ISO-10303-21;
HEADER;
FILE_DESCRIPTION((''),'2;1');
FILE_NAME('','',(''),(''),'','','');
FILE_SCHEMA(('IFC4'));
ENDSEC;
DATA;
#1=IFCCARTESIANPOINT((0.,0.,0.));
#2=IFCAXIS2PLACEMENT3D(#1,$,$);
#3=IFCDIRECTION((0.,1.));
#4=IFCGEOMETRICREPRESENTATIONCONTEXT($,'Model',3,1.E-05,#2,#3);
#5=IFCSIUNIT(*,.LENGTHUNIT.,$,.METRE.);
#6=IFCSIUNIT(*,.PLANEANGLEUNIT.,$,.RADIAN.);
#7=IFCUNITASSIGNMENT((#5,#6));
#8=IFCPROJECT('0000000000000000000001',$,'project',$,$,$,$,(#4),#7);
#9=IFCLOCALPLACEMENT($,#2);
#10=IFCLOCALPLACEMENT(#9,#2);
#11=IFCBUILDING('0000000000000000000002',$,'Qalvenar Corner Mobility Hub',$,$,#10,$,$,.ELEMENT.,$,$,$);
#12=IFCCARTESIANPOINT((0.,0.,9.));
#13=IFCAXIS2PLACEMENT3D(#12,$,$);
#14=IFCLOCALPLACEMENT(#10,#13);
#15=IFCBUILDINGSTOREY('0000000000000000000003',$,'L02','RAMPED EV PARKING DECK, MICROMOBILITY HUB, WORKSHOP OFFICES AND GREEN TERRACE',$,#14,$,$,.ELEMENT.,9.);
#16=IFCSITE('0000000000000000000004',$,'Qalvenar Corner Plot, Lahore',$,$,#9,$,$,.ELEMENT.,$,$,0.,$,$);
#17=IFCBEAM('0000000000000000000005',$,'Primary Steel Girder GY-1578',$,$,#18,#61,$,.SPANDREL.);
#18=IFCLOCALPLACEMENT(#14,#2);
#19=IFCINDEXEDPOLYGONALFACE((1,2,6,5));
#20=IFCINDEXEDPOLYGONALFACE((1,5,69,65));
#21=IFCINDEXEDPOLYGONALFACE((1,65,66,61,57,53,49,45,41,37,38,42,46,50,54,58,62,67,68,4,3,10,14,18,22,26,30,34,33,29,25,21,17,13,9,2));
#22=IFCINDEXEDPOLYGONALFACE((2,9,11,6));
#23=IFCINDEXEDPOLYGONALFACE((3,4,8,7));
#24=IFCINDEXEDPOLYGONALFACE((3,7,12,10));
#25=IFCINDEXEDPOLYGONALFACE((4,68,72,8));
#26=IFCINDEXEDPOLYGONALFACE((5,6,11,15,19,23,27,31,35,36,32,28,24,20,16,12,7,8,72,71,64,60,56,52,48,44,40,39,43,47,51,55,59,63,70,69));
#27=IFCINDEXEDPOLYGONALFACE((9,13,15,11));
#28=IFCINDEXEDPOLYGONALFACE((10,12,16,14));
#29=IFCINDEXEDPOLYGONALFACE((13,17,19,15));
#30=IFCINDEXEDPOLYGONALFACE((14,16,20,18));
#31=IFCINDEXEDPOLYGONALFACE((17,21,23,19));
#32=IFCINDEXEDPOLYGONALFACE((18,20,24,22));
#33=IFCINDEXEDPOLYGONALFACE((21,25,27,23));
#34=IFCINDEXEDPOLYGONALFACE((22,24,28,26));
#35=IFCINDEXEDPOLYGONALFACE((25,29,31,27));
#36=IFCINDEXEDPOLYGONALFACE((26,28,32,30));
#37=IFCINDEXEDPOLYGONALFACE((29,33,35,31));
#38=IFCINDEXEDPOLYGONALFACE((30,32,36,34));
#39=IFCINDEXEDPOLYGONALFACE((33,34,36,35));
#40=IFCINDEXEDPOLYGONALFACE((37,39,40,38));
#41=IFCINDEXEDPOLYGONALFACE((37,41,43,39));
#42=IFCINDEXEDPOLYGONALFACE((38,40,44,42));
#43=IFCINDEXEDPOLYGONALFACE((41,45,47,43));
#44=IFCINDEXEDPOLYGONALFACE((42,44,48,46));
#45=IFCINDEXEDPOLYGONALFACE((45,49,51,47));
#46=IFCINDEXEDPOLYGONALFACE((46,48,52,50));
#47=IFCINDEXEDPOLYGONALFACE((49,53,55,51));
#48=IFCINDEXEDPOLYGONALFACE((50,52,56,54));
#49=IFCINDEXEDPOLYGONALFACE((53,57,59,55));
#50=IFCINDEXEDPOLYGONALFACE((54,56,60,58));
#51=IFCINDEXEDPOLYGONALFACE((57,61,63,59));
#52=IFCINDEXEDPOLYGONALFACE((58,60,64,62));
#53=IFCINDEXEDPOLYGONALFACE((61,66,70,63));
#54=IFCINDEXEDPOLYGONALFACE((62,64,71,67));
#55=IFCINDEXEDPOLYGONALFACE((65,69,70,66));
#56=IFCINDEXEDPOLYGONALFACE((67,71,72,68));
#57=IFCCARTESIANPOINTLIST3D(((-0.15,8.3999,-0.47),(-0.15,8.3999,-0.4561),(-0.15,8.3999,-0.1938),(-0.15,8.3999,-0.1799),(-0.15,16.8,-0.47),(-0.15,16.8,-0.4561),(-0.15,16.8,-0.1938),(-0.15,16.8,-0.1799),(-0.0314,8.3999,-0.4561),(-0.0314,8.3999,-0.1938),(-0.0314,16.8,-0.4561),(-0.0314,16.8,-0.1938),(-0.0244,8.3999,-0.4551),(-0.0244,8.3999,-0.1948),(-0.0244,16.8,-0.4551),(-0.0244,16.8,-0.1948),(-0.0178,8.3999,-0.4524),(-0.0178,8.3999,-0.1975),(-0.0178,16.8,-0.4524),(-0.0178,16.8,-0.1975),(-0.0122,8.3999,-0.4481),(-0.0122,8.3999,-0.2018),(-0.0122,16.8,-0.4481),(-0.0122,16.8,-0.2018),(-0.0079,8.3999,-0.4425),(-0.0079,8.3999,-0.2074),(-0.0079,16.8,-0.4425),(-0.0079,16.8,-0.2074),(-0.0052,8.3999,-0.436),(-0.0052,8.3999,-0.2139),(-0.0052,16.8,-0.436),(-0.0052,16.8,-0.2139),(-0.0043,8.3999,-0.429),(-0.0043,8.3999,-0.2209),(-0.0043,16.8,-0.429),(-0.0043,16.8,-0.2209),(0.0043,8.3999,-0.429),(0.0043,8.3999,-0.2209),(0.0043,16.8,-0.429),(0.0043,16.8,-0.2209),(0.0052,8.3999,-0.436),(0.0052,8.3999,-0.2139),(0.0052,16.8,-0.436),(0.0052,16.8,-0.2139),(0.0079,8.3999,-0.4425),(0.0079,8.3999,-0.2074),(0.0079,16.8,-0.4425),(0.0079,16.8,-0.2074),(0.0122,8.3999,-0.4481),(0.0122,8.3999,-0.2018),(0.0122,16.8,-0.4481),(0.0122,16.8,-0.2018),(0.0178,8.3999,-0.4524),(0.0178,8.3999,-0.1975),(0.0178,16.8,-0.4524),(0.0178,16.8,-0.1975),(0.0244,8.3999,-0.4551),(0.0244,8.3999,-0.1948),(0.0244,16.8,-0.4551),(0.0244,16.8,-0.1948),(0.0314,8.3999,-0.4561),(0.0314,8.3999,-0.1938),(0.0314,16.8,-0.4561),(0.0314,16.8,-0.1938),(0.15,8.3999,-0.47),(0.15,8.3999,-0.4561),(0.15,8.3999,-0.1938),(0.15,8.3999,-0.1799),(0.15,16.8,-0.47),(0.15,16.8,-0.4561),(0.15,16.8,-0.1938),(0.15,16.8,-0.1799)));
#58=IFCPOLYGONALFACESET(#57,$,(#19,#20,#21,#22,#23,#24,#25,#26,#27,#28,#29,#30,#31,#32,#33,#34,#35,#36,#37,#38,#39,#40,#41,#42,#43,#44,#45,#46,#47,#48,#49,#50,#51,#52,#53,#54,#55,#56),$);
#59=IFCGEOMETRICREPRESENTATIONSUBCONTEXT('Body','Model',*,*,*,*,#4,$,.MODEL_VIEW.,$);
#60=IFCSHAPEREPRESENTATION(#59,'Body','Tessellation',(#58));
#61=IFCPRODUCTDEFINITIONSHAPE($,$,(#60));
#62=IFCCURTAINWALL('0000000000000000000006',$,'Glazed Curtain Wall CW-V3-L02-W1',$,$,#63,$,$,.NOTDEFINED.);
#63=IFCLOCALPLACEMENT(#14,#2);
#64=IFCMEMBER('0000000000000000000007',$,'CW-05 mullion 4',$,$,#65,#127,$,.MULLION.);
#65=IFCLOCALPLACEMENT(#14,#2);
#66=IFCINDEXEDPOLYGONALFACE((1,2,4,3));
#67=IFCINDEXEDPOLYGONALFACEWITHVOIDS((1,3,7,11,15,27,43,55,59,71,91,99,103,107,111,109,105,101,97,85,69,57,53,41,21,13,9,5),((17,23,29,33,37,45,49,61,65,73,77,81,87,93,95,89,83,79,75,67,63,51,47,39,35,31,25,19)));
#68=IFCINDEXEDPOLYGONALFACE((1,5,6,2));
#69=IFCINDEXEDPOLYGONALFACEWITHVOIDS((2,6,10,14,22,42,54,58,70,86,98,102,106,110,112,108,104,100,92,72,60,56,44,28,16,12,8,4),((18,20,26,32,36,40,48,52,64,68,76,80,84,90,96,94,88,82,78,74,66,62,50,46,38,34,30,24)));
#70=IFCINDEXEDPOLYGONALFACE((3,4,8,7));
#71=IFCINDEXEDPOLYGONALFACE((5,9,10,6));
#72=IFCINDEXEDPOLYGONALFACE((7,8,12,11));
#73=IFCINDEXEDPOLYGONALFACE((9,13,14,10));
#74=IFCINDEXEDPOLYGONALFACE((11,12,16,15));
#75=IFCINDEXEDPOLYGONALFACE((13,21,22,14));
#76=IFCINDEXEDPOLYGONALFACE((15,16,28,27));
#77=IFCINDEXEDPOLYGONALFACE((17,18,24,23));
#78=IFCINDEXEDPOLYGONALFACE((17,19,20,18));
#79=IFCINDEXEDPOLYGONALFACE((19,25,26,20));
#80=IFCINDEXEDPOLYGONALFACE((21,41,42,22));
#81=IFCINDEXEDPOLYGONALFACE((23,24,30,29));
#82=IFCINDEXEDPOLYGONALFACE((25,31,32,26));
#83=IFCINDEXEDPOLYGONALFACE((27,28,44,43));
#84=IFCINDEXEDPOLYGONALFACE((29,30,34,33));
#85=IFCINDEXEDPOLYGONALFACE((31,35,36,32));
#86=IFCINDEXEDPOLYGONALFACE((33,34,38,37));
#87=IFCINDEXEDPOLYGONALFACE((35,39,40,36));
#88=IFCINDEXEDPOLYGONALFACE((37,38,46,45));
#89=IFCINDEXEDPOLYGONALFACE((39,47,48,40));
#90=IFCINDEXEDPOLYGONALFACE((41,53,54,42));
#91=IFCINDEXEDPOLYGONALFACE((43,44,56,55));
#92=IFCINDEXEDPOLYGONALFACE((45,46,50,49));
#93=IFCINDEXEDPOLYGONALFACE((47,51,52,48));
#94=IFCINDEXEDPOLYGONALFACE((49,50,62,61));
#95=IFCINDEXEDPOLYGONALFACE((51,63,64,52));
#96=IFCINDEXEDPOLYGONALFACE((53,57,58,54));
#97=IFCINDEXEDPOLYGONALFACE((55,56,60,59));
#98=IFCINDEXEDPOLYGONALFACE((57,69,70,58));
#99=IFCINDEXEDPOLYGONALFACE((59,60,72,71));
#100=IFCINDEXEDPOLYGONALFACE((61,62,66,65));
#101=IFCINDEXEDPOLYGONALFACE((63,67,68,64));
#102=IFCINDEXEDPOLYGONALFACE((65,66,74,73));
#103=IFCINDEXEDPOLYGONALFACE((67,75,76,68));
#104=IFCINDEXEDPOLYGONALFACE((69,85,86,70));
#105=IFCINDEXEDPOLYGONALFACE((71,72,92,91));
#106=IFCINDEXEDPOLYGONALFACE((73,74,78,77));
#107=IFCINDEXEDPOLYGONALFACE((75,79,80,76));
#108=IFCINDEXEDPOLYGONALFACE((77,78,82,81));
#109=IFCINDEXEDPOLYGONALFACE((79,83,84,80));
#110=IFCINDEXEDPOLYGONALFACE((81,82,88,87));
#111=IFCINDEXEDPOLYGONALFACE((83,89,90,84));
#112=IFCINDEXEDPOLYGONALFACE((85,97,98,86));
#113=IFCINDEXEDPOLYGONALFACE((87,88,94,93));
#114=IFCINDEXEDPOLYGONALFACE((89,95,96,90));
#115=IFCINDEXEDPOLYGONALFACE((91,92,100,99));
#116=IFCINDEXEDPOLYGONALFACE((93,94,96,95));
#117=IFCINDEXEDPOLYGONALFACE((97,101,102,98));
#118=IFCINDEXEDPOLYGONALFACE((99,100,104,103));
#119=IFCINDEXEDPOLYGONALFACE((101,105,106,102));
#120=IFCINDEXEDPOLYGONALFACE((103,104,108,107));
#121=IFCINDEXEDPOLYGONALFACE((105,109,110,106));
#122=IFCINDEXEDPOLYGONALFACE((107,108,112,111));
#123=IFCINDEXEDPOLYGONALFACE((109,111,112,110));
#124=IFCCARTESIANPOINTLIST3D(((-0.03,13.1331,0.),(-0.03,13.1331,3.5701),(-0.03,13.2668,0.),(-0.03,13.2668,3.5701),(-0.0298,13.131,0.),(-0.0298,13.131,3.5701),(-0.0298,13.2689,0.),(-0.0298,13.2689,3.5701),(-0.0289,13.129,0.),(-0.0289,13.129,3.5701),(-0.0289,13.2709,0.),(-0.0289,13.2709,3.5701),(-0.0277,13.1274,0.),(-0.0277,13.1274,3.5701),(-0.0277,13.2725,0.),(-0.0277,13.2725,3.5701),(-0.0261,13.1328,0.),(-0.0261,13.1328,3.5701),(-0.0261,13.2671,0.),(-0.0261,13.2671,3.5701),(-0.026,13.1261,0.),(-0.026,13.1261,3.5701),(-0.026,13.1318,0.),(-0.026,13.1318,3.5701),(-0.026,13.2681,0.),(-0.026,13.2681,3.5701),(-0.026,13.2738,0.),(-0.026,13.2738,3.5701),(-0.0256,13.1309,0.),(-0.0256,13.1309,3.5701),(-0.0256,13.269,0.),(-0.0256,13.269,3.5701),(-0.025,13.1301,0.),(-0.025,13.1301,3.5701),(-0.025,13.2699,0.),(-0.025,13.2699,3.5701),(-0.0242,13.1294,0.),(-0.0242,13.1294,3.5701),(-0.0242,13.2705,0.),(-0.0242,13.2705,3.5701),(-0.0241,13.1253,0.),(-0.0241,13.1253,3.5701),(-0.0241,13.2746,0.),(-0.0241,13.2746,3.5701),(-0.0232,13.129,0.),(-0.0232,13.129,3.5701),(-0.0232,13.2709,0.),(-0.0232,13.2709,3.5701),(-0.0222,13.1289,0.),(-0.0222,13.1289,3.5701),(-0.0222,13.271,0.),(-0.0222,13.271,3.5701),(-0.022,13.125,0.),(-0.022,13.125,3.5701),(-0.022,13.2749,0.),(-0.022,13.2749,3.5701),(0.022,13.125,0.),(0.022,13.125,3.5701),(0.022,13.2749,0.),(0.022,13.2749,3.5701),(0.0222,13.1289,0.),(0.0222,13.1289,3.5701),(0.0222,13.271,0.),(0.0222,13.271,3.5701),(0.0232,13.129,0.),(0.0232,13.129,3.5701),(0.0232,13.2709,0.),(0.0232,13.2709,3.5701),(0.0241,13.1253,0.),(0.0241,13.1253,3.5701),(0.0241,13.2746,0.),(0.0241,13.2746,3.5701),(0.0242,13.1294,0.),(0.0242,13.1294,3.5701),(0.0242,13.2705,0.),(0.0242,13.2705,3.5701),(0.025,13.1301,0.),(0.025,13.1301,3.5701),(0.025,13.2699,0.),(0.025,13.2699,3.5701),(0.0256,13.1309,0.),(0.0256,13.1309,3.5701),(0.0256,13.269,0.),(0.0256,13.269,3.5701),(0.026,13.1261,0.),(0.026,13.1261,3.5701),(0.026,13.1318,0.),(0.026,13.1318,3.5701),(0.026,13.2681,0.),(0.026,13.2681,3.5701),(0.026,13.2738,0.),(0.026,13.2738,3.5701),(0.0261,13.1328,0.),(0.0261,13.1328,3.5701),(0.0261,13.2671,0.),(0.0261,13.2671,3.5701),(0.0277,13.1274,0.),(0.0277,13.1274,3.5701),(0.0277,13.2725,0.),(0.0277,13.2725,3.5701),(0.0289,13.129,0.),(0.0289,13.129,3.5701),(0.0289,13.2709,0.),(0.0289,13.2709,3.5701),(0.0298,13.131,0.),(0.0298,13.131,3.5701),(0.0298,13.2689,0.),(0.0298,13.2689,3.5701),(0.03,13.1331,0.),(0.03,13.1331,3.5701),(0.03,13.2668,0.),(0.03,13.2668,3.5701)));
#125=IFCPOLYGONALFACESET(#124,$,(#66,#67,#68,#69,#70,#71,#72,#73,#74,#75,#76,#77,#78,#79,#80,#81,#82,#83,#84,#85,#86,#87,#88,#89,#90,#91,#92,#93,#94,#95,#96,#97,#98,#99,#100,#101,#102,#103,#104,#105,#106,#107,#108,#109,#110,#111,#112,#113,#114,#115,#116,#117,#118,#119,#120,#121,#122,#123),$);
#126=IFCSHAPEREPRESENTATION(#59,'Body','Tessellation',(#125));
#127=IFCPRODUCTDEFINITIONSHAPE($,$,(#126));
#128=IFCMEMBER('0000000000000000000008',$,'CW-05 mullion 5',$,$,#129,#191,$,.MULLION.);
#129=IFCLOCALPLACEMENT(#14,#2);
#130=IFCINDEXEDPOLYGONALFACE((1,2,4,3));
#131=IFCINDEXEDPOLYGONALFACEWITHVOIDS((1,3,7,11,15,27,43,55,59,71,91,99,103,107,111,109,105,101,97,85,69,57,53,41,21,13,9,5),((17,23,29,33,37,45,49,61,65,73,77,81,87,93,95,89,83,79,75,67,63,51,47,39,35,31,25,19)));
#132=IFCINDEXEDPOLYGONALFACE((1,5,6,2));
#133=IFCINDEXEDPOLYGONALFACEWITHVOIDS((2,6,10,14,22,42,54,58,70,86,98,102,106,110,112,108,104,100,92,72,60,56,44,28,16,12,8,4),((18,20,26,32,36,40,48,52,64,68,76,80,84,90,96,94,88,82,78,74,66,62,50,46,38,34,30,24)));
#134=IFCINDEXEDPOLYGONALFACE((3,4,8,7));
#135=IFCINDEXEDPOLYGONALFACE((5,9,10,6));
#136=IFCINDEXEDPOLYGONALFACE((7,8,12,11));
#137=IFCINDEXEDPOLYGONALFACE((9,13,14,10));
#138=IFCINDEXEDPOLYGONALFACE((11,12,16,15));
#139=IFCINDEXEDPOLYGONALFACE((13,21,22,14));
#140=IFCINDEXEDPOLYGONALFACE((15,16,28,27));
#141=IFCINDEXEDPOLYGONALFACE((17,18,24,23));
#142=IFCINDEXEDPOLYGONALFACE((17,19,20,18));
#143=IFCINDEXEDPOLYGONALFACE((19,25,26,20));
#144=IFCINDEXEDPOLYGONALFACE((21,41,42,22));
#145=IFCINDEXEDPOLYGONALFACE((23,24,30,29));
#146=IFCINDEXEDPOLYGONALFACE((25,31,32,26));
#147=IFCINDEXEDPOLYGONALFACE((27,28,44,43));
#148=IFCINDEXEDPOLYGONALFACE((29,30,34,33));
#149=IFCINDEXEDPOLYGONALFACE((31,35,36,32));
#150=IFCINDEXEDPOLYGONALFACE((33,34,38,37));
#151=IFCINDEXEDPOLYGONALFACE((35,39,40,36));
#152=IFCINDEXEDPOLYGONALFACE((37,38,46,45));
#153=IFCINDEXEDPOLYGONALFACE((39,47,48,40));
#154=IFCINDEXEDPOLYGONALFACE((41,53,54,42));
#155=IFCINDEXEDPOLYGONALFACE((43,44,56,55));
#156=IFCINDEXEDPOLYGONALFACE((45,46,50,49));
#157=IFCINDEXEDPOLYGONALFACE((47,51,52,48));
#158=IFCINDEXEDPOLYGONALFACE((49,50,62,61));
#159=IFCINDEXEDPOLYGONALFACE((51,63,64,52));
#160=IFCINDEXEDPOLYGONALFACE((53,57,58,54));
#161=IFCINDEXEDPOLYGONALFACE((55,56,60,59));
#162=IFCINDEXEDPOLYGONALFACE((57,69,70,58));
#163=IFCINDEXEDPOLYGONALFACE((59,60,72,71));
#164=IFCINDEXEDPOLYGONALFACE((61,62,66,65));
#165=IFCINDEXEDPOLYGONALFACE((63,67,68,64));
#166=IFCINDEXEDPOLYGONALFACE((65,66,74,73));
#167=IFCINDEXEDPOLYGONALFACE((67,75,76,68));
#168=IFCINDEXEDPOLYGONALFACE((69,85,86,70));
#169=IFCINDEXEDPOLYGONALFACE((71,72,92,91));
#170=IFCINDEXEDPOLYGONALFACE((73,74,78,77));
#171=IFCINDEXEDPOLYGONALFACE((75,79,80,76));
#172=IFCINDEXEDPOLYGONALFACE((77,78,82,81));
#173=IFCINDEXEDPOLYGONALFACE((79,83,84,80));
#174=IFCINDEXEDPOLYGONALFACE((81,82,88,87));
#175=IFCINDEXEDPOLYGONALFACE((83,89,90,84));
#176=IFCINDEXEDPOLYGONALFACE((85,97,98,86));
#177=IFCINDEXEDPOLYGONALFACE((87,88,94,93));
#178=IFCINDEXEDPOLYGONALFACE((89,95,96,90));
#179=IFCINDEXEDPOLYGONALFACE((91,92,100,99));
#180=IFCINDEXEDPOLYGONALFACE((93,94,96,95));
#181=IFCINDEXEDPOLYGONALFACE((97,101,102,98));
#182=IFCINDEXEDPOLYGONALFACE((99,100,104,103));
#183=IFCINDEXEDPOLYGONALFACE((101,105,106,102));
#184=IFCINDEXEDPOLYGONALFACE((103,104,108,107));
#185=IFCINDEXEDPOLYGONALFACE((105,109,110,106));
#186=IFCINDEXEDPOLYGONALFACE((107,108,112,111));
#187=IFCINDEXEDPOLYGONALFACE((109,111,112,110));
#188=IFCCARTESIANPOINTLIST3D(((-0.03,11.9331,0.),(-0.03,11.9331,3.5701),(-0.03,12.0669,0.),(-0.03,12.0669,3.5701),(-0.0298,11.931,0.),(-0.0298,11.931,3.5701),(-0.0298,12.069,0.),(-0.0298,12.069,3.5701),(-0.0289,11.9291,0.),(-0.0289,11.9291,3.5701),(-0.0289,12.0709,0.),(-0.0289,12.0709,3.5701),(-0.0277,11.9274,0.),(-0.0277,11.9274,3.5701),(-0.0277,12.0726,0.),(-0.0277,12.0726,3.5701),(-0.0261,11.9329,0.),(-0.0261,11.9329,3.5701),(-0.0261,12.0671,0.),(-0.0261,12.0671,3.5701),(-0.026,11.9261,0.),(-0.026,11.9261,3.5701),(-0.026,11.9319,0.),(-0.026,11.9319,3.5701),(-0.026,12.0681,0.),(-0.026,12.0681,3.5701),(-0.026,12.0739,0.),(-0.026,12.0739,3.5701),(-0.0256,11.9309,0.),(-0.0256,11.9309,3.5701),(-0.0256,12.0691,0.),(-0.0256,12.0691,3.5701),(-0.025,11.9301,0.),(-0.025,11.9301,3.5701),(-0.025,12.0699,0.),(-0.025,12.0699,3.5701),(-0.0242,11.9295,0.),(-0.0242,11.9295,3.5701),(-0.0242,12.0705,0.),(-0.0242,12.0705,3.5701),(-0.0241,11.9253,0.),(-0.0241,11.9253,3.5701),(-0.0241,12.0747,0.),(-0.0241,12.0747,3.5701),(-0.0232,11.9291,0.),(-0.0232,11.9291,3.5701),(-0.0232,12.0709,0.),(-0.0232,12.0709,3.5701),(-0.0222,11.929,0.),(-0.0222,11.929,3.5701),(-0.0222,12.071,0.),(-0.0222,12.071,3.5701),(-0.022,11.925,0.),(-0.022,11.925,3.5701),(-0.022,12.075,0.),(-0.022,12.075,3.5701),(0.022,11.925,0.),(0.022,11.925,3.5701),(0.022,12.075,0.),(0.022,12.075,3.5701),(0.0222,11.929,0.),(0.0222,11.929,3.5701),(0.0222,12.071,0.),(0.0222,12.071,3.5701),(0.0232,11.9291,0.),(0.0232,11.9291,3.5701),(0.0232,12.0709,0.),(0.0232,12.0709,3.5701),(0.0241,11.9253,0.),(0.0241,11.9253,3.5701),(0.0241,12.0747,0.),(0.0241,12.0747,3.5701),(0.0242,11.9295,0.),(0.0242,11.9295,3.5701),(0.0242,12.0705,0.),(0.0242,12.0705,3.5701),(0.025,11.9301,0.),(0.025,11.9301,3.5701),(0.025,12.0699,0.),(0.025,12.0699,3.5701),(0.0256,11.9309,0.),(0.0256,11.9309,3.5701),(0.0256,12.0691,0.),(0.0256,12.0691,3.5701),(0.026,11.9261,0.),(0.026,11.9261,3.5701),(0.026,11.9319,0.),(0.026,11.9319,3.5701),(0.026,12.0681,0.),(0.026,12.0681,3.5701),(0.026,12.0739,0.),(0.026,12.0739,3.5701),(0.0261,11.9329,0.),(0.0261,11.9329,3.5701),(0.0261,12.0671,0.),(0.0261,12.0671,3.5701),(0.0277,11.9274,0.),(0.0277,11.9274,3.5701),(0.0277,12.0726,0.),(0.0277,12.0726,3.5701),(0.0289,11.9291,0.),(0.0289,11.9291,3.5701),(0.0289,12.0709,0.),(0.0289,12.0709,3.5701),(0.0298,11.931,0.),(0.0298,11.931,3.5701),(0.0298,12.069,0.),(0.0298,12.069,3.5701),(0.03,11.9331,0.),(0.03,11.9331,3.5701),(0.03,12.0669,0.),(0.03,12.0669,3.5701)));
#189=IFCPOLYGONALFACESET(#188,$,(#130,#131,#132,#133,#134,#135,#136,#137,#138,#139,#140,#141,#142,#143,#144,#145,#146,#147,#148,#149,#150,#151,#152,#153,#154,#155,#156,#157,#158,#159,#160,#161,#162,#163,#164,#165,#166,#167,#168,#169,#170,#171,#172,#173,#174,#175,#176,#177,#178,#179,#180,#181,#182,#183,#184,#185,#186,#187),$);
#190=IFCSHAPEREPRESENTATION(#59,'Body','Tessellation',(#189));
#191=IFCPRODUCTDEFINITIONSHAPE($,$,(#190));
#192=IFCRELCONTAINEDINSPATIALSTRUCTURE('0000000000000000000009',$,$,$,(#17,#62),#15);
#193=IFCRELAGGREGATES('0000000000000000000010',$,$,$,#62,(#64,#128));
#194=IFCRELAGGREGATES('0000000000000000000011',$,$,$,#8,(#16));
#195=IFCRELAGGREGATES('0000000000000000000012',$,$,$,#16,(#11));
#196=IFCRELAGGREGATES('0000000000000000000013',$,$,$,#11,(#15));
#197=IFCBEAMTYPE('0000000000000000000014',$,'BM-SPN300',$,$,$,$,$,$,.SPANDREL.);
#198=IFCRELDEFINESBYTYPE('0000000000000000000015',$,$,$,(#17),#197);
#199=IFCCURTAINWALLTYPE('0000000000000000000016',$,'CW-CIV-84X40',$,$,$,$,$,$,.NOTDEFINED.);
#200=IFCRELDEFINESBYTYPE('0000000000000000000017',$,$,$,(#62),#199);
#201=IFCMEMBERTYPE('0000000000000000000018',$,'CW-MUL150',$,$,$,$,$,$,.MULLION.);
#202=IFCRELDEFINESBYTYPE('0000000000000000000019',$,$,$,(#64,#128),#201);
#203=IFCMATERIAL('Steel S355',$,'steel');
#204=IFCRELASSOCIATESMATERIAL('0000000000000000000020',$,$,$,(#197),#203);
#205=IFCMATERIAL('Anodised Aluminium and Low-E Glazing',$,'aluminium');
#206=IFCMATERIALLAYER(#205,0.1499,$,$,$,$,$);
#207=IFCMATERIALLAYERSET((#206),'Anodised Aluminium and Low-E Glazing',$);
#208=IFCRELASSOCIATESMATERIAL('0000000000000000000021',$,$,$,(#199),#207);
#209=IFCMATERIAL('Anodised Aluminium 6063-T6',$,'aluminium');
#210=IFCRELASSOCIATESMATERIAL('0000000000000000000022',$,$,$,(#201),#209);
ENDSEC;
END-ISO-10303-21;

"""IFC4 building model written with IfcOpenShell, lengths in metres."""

from ifc_helpers import new_model, si_unit, direction, frame, origin, origin_2d, place, context, subcontext, project, spatial, hollow_rectangle, i_section, extrude, material, layer, layer_set, material_profile, profile_set, type_object, element, aggregate, save


model = new_model("IFC4")

# Units and contexts
model_context = context("Model", 3, precision=1e-05, world=origin(), true_north=direction((0.0, 1.0)))
body_context = subcontext(model_context, "Body", "Model", "MODEL_VIEW")
ifc_project = project(units=[si_unit("LENGTHUNIT", "METRE"), si_unit("PLANEANGLEUNIT", "RADIAN")], contexts=[model_context])

# Site, building, storey
site_placement = place(None, origin())
site = spatial("IfcSite", under=ifc_project, at=site_placement, Name="Qalvenar Corner Plot, Lahore", CompositionType="ELEMENT", RefElevation=0.0)
building_placement = place(site_placement, origin())
building = spatial("IfcBuilding", under=site, at=building_placement, Name="Qalvenar Corner Mobility Hub", CompositionType="ELEMENT")
storey_placement = place(building_placement, frame((0.0, 0.0, 9.0)))
storey = spatial("IfcBuildingStorey", under=building, at=storey_placement, Name="L02", Description="RAMPED EV PARKING DECK, MICROMOBILITY HUB, WORKSHOP OFFICES AND GREEN TERRACE", CompositionType="ELEMENT", Elevation=9.0)

# Beam
ifc_material_1 = material(Name="Steel S355", Category="steel")
ifc_material_profile_1 = material_profile(ifc_material_1, i_section(OverallWidth=0.3, OverallDepth=0.29, WebThickness=0.0085, FlangeThickness=0.0139, FilletRadius=0.0271, at=origin_2d()), Name="HEA300")
ifc_profile_set_1 = profile_set([ifc_material_profile_1], Name="Steel S355")
beam_type = type_object("IfcBeamType", Name="BM-SPN300", PredefinedType="SPANDREL", material=ifc_profile_set_1)
beam_placement = place(storey_placement, frame((0.0, 8.3999, -0.325), z_axis=(0.0, 1.0, 0.0), x_axis=(-1.0, 0.0, 0.0)))
element("IfcBeam", 1, at=beam_placement, inside=storey, type_object=beam_type, Name="Primary Steel Girder GY-1578", PredefinedType="SPANDREL", context=body_context, shape_type="SweptSolid", body=[
    extrude(i_section(OverallWidth=0.3, OverallDepth=0.29, WebThickness=0.0085, FlangeThickness=0.0139, FilletRadius=0.0271, at=origin_2d()), origin(), (0.0, 0.0, 1.0), 8.4001),
])

# Curtain wall, members
ifc_material_2 = material(Name="Anodised Aluminium and Low-E Glazing", Category="aluminium")
ifc_layer_1 = layer(ifc_material_2, 0.1499)
ifc_layer_set_1 = layer_set([ifc_layer_1], Name="Anodised Aluminium and Low-E Glazing")
curtain_wall_type = type_object("IfcCurtainWallType", Name="CW-CIV-84X40", PredefinedType="NOTDEFINED", material=ifc_layer_set_1)
curtain_wall_placement = place(storey_placement, origin())
curtain_wall = element("IfcCurtainWall", 2, at=curtain_wall_placement, inside=storey, type_object=curtain_wall_type, Name="Glazed Curtain Wall CW-V3-L02-W1", PredefinedType="NOTDEFINED")
ifc_material_3 = material(Name="Anodised Aluminium 6063-T6", Category="aluminium")
ifc_material_profile_2 = material_profile(ifc_material_3, hollow_rectangle(XDim=0.0601, YDim=0.1499, WallThickness=0.0039, InnerFilletRadius=0.0039, OuterFilletRadius=0.0081, at=origin_2d()), Name="RHS150x60x4")
ifc_profile_set_2 = profile_set([ifc_material_profile_2], Name="Anodised Aluminium 6063-T6")
member_type_1 = type_object("IfcMemberType", Name="CW-MUL150", PredefinedType="MULLION", material=ifc_profile_set_2)
member_1_placement = place(storey_placement, frame((0.0, 13.2, 0.0), z_axis=(0.0, 0.0, 1.0), x_axis=(1.0, 0.0, 0.0)))
member_1 = element("IfcMember", 3, at=member_1_placement, type_object=member_type_1, Name="CW-05 mullion 4", PredefinedType="MULLION", context=body_context, shape_type="SweptSolid", body=[
    extrude(hollow_rectangle(XDim=0.0601, YDim=0.1499, WallThickness=0.0039, InnerFilletRadius=0.0039, OuterFilletRadius=0.0081, at=origin_2d()), origin(), (0.0, 0.0, 1.0), 3.5701),
])
member_2_placement = place(storey_placement, frame((0.0, 12.0, 0.0), z_axis=(0.0, 0.0, 1.0), x_axis=(1.0, 0.0, 0.0)))
member_2 = element("IfcMember", 4, at=member_2_placement, type_object=member_type_1, Name="CW-05 mullion 5", PredefinedType="MULLION", context=body_context, shape_type="SweptSolid", body=[
    extrude(hollow_rectangle(XDim=0.0601, YDim=0.1499, WallThickness=0.0039, InnerFilletRadius=0.0039, OuterFilletRadius=0.0081, at=origin_2d()), origin(), (0.0, 0.0, 1.0), 3.5701),
])
aggregate(curtain_wall, [member_1, member_2])

save(model, "model.ifc")
